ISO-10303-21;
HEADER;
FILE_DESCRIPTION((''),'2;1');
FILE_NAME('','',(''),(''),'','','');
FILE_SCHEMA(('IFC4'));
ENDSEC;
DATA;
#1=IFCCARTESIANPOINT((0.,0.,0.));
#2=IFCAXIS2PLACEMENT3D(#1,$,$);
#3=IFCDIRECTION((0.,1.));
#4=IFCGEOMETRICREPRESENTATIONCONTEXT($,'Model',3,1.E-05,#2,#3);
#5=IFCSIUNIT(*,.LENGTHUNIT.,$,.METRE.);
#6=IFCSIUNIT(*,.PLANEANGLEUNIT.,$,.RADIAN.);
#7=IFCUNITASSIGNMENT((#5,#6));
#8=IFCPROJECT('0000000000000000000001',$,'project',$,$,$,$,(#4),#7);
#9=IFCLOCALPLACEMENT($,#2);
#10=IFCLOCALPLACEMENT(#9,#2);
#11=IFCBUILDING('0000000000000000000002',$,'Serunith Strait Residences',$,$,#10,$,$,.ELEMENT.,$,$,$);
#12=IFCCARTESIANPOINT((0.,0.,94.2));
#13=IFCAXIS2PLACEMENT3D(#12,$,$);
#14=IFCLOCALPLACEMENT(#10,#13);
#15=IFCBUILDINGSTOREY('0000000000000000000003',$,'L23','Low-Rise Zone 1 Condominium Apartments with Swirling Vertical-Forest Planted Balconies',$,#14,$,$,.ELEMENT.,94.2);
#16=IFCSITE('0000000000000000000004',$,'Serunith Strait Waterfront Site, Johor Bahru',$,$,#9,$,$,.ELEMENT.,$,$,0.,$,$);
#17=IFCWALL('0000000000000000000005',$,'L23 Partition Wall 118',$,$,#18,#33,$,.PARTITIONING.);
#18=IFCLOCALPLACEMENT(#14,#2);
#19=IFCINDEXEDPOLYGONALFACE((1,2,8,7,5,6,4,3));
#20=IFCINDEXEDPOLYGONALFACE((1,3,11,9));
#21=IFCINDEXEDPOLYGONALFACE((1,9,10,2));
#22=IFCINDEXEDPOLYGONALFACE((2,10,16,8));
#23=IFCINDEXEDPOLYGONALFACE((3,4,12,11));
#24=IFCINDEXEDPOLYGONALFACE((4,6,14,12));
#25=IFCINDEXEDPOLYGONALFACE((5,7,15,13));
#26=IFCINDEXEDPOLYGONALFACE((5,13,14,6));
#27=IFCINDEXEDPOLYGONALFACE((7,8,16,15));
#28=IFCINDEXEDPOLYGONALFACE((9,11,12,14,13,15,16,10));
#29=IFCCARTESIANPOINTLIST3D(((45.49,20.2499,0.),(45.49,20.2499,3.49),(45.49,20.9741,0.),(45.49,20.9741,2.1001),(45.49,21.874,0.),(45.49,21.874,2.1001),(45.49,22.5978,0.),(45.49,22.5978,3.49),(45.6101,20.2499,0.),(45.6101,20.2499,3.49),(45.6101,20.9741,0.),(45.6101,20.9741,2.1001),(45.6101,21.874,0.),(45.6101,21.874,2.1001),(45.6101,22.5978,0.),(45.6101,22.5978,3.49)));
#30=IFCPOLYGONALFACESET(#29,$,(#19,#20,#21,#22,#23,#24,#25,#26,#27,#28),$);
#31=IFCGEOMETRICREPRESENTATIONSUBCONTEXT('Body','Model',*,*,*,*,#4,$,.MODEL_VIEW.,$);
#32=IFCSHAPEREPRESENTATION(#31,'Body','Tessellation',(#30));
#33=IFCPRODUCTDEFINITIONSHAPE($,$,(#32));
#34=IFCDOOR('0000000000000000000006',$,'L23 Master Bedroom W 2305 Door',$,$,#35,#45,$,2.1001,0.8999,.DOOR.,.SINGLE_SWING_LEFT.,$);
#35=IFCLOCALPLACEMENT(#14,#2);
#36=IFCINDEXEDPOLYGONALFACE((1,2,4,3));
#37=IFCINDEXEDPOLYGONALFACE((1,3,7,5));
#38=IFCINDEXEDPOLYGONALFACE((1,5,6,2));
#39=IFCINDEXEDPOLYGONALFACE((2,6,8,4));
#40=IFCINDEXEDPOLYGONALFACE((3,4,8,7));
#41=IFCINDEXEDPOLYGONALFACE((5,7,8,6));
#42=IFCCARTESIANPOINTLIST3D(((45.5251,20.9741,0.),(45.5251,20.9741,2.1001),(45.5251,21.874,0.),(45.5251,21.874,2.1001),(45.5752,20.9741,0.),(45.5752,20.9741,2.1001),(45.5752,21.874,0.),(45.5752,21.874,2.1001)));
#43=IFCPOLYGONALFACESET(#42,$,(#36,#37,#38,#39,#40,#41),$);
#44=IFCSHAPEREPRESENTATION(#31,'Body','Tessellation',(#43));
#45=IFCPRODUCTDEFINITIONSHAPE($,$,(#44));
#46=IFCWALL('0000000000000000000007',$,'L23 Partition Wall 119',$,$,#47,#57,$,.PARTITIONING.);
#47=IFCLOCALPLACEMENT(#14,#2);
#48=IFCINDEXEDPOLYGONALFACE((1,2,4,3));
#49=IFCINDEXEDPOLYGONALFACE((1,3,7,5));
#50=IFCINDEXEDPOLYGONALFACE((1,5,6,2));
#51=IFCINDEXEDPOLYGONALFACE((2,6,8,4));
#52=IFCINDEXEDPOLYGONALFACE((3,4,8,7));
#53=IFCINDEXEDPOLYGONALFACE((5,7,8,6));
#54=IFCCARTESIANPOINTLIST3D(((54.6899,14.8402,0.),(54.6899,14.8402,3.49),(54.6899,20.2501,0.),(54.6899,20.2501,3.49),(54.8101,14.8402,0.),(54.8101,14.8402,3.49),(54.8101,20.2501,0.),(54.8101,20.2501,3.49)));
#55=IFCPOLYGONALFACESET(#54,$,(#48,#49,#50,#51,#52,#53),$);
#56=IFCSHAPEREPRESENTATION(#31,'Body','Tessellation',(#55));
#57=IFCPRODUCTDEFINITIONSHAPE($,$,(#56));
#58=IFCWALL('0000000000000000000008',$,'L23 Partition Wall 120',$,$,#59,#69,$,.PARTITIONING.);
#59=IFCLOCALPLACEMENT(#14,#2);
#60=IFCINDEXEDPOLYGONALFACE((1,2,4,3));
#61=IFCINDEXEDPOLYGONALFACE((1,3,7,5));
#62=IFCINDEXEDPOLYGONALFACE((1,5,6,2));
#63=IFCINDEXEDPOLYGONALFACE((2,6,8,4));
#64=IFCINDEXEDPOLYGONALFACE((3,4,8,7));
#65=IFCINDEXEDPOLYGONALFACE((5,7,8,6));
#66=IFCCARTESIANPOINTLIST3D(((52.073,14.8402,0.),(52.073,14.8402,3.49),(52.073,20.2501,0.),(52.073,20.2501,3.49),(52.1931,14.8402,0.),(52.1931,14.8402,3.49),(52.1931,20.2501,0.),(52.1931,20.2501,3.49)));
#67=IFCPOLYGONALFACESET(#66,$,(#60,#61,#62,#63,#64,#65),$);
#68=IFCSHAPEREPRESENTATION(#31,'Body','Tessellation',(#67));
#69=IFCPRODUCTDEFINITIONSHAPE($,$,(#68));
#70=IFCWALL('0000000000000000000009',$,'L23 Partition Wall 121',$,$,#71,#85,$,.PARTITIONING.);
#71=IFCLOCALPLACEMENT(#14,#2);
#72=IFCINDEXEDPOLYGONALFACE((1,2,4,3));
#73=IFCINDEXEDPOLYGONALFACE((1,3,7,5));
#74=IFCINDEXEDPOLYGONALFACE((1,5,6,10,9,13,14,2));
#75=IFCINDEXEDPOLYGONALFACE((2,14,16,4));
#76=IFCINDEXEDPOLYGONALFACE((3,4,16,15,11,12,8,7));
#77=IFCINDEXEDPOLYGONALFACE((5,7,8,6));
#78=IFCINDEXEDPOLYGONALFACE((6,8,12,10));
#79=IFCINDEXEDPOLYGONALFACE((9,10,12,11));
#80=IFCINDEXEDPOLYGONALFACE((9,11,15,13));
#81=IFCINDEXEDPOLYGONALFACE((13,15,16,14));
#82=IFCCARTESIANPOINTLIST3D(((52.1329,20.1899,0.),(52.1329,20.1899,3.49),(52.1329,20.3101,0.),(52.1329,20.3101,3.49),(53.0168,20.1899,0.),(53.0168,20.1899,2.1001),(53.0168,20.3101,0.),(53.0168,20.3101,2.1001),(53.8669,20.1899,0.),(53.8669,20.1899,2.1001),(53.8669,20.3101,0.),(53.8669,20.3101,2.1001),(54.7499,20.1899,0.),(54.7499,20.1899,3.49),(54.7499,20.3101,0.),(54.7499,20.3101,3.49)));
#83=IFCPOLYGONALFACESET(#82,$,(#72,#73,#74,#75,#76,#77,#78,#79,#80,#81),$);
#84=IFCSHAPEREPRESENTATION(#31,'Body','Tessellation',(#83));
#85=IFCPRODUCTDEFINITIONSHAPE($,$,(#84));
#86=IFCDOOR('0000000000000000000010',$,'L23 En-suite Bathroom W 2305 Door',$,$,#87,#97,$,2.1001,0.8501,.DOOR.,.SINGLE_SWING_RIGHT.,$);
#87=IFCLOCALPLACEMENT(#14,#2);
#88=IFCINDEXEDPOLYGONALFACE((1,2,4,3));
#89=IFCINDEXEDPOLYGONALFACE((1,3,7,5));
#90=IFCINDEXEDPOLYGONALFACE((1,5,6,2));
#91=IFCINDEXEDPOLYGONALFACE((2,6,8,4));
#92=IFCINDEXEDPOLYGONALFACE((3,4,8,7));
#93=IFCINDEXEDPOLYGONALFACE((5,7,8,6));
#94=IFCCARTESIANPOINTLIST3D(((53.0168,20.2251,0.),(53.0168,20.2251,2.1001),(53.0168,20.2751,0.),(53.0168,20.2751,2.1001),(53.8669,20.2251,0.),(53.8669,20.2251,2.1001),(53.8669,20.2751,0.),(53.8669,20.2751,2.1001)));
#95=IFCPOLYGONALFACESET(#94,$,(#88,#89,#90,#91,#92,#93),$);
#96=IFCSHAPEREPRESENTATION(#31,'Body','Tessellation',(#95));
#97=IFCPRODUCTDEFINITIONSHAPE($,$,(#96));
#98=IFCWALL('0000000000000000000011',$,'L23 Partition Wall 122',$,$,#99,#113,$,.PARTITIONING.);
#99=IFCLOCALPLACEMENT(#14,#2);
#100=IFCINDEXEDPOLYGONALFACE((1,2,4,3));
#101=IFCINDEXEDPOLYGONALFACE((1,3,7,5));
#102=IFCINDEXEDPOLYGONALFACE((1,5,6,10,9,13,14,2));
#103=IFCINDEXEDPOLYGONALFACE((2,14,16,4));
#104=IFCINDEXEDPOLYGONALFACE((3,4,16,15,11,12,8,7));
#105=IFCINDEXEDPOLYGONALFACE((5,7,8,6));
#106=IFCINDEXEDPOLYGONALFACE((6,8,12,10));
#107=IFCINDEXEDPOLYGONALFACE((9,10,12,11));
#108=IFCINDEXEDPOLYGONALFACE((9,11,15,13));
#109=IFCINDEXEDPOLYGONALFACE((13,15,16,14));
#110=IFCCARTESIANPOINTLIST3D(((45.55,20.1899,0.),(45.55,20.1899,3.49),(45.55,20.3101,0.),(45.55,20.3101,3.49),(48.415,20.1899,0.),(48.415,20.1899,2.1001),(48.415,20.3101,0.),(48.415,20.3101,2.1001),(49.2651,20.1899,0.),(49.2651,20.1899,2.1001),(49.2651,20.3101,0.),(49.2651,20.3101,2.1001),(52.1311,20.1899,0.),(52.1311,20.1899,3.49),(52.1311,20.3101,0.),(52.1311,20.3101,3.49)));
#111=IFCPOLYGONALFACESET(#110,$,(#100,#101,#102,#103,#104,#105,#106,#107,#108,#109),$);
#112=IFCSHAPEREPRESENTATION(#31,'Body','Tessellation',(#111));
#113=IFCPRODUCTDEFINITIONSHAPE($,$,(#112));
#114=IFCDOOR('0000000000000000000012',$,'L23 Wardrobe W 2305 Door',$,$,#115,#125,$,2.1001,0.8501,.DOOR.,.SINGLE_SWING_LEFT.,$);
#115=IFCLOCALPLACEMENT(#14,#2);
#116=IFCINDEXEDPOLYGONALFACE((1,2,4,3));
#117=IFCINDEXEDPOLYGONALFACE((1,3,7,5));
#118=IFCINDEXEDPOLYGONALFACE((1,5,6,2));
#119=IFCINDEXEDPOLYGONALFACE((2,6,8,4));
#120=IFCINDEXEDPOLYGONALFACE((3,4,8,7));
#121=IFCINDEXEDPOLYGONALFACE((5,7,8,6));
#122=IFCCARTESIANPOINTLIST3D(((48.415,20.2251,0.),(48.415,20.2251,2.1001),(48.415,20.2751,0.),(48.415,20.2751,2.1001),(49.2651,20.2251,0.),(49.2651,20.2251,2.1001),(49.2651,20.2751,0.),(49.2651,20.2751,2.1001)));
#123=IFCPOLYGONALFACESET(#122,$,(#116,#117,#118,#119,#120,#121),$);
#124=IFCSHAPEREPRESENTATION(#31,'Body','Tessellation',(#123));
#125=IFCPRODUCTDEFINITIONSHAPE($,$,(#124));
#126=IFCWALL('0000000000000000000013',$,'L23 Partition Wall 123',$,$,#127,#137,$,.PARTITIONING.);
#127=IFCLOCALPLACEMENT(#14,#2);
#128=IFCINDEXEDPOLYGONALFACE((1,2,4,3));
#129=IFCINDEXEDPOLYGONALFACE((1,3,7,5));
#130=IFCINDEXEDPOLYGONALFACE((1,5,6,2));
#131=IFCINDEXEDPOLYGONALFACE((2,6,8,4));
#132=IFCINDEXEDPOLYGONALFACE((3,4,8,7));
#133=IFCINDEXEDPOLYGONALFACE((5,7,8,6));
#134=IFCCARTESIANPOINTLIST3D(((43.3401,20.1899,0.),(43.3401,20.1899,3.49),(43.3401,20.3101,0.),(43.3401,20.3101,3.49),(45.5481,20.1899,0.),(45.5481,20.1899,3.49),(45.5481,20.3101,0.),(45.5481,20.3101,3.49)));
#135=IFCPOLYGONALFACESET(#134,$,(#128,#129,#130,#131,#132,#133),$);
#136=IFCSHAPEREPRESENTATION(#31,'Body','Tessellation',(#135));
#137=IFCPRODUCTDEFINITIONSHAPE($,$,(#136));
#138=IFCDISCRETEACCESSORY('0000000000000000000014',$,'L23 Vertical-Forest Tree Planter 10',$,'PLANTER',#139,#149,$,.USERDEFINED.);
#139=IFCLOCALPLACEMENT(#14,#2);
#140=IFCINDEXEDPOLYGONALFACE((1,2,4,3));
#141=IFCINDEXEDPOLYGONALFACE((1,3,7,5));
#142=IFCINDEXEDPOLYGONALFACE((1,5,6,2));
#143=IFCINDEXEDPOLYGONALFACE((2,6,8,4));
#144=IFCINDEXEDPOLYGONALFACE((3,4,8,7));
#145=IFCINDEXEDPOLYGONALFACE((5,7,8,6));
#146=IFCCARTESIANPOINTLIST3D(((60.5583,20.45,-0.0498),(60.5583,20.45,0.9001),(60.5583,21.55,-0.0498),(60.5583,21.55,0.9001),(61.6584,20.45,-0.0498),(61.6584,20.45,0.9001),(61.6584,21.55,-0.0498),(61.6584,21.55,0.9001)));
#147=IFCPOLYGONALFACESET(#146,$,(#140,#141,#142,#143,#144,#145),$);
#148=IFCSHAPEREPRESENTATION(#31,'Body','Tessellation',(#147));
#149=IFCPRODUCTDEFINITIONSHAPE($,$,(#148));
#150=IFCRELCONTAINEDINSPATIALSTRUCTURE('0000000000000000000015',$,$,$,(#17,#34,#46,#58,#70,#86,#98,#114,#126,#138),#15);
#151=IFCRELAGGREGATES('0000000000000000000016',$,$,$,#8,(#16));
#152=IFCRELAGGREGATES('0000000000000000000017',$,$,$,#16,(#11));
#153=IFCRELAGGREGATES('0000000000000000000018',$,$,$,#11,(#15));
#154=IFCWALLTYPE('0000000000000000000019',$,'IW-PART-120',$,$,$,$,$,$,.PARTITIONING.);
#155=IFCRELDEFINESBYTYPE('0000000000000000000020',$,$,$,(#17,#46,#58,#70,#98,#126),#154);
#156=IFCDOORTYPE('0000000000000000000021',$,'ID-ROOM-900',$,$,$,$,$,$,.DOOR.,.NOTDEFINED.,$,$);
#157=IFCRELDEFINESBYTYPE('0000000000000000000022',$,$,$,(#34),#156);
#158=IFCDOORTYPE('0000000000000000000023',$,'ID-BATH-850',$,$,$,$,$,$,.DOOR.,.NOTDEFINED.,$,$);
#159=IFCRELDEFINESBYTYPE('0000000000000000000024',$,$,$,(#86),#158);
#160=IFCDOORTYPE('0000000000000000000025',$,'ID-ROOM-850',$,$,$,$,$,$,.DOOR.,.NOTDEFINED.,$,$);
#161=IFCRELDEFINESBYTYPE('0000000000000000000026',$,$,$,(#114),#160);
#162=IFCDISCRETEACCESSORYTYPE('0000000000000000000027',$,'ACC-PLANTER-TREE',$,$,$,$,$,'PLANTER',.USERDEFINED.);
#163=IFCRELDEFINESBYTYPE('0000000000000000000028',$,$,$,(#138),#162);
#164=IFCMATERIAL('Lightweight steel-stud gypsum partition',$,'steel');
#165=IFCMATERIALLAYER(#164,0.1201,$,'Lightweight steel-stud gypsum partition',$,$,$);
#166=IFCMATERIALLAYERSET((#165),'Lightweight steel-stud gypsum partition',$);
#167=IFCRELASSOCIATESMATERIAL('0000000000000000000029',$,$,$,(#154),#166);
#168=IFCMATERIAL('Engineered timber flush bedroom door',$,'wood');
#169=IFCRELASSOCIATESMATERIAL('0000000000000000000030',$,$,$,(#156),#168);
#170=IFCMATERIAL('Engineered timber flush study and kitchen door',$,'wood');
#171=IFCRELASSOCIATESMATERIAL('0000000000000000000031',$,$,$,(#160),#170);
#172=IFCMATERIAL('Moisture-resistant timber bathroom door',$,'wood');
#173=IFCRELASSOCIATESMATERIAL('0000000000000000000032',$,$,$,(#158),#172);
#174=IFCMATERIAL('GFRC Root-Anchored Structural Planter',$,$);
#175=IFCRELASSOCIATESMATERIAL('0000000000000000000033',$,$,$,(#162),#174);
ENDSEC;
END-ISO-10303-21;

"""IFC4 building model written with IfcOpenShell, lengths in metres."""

from ifc_helpers import new_model, si_unit, direction, frame, frame_2d, origin, origin_2d, place, context, subcontext, project, spatial, rectangle, extrude, source, transform, mapped, material, layer, layer_set, type_object, element, fill, save


model = new_model("IFC4")

# Units and contexts
model_context = context("Model", 3, precision=1e-05, world=origin(), true_north=direction((0.0, 1.0)))
body_context = subcontext(model_context, "Body", "Model", "MODEL_VIEW")
ifc_project = project(units=[si_unit("LENGTHUNIT", "METRE"), si_unit("PLANEANGLEUNIT", "RADIAN")], contexts=[model_context])

# Site, building, storey
site_placement = place(None, origin())
site = spatial("IfcSite", under=ifc_project, at=site_placement, Name="Serunith Strait Waterfront Site, Johor Bahru", CompositionType="ELEMENT", RefElevation=0.0)
building_placement = place(site_placement, origin())
building = spatial("IfcBuilding", under=site, at=building_placement, Name="Serunith Strait Residences", CompositionType="ELEMENT")
storey_placement = place(building_placement, frame((0.0, 0.0, 94.2)))
storey = spatial("IfcBuildingStorey", under=building, at=storey_placement, Name="L23", Description="Low-Rise Zone 1 Condominium Apartments with Swirling Vertical-Forest Planted Balconies", CompositionType="ELEMENT", Elevation=94.2)

# Shared definitions
ifc_material_1 = material(Name="Lightweight steel-stud gypsum partition", Category="steel")
ifc_layer_1 = layer(ifc_material_1, 0.1201, Name="Lightweight steel-stud gypsum partition")
ifc_layer_set_1 = layer_set([ifc_layer_1], Name="Lightweight steel-stud gypsum partition")
wall_type_1 = type_object("IfcWallType", Name="IW-PART-120", PredefinedType="PARTITIONING", material=ifc_layer_set_1)
ifc_material_2 = material(Name="Engineered timber flush bedroom door", Category="wood")
door_type_1 = type_object("IfcDoorType", Name="ID-ROOM-900", OperationType="NOTDEFINED", PredefinedType="DOOR", material=ifc_material_2)
shared_shape_1 = source(origin(), body_context, "Body", "SweptSolid", [
    extrude(rectangle(XDim=0.8999, YDim=2.1001, at=frame_2d((0.45, 1.05))), frame((0.0, 0.0249, 0.0), z_axis=(0.0, -1.0, 0.0), x_axis=(1.0, 0.0, 0.0)), (0.0, 0.0, 1.0), 0.05),
])
ifc_material_3 = material(Name="Engineered timber flush study and kitchen door", Category="wood")
door_type_2 = type_object("IfcDoorType", Name="ID-ROOM-850", OperationType="NOTDEFINED", PredefinedType="DOOR", material=ifc_material_3)
shared_shape_2 = source(origin(), body_context, "Body", "SweptSolid", [
    extrude(rectangle(XDim=0.8501, YDim=2.1001, at=frame_2d((0.425, 1.05))), frame((0.0, 0.0249, 0.0), z_axis=(0.0, -1.0, 0.0), x_axis=(1.0, 0.0, 0.0)), (0.0, 0.0, 1.0), 0.05),
])

# Wall, opening, door
ifc_material_4 = material(Name="Moisture-resistant timber bathroom door", Category="wood")
door_type_3 = type_object("IfcDoorType", Name="ID-BATH-850", OperationType="NOTDEFINED", PredefinedType="DOOR", material=ifc_material_4)
wall_1_placement = place(storey_placement, frame((45.55, 20.25, 0.0), z_axis=(0.0, 0.0, 1.0), x_axis=(0.0, 1.0, 0.0)))
wall_1 = element("IfcWall", 1, at=wall_1_placement, inside=storey, type_object=wall_type_1, Name="L23 Partition Wall 118", PredefinedType="PARTITIONING", context=body_context, shape_type="SweptSolid", body=[
    extrude(rectangle(XDim=2.3479, YDim=0.1201, at=frame_2d((1.1738, 0.0))), origin(), (0.0, 0.0, 1.0), 3.49),
])
opening_1_placement = place(wall_1_placement, frame((0.7241, 0.0, 0.0)))
opening_1 = element("IfcOpeningElement", 2, at=opening_1_placement, cuts=wall_1, PredefinedType="OPENING", context=body_context, shape_type="SweptSolid", body=[
    extrude(rectangle(XDim=0.8999, YDim=2.1001, at=frame_2d((0.45, 1.05))), frame((0.0, 0.0701, 0.0), z_axis=(0.0, -1.0, 0.0), x_axis=(1.0, 0.0, 0.0)), (0.0, 0.0, 1.0), 0.1401),
])
door_1_placement = place(opening_1_placement, origin())
door_1 = element("IfcDoor", 3, at=door_1_placement, inside=storey, type_object=door_type_1, Name="L23 Master Bedroom W 2305 Door", OperationType="SINGLE_SWING_LEFT", OverallHeight=2.1001, OverallWidth=0.8999, PredefinedType="DOOR", context=body_context, shape_type="MappedRepresentation", body=[
    mapped(shared_shape_1, transform((0.0, 0.0, 0.0), scale=1.0)),
])
fill(opening_1, door_1)

# Walls
for number, where, z_axis, x_axis, name in (
    (4, (54.75, 14.8401, 0.0), (0.0, 0.0, 1.0), (0.0, 1.0, 0.0), "L23 Partition Wall 119"),
    (5, (52.1331, 14.8401, 0.0), (0.0, 0.0, 1.0), (0.0, 1.0, 0.0), "L23 Partition Wall 120"),
):
    element("IfcWall", number, at=place(storey_placement, frame(where, z_axis=z_axis, x_axis=x_axis)), inside=storey, type_object=wall_type_1, Name=name, PredefinedType="PARTITIONING", context=body_context, shape_type="SweptSolid", body=[
        extrude(rectangle(XDim=5.4099, YDim=0.1201, at=frame_2d((2.7051, 0.0))), origin(), (0.0, 0.0, 1.0), 3.49),
    ])

# Walls, openings, doors
wall_2_placement = place(storey_placement, frame((54.75, 20.25, 0.0), z_axis=(0.0, 0.0, 1.0), x_axis=(-1.0, 0.0, 0.0)))
wall_2 = element("IfcWall", 6, at=wall_2_placement, inside=storey, type_object=wall_type_1, Name="L23 Partition Wall 121", PredefinedType="PARTITIONING", context=body_context, shape_type="SweptSolid", body=[
    extrude(rectangle(XDim=2.6169, YDim=0.1201, at=frame_2d((1.3086, 0.0))), origin(), (0.0, 0.0, 1.0), 3.49),
])
opening_2_placement = place(wall_2_placement, frame((0.8831, 0.0, 0.0)))
opening_2 = element("IfcOpeningElement", 7, at=opening_2_placement, cuts=wall_2, PredefinedType="OPENING", context=body_context, shape_type="SweptSolid", body=[
    extrude(rectangle(XDim=0.8501, YDim=2.1001, at=frame_2d((0.425, 1.05))), frame((0.0, 0.0701, 0.0), z_axis=(0.0, -1.0, 0.0), x_axis=(1.0, 0.0, 0.0)), (0.0, 0.0, 1.0), 0.1401),
])
door_2_placement = place(opening_2_placement, origin())
door_2 = element("IfcDoor", 8, at=door_2_placement, inside=storey, type_object=door_type_3, Name="L23 En-suite Bathroom W 2305 Door", OperationType="SINGLE_SWING_RIGHT", OverallHeight=2.1001, OverallWidth=0.8501, PredefinedType="DOOR", context=body_context, shape_type="MappedRepresentation", body=[
    mapped(shared_shape_2, transform((0.0, 0.0, 0.0), scale=1.0)),
])
fill(opening_2, door_2)
wall_3_placement = place(storey_placement, frame((52.1311, 20.25, 0.0), z_axis=(0.0, 0.0, 1.0), x_axis=(-1.0, 0.0, 0.0)))
wall_3 = element("IfcWall", 9, at=wall_3_placement, inside=storey, type_object=wall_type_1, Name="L23 Partition Wall 122", PredefinedType="PARTITIONING", context=body_context, shape_type="SweptSolid", body=[
    extrude(rectangle(XDim=6.5811, YDim=0.1201, at=frame_2d((3.2905, 0.0))), origin(), (0.0, 0.0, 1.0), 3.49),
])
opening_3_placement = place(wall_3_placement, frame((2.866, 0.0, 0.0)))
opening_3 = element("IfcOpeningElement", 10, at=opening_3_placement, cuts=wall_3, PredefinedType="OPENING", context=body_context, shape_type="SweptSolid", body=[
    extrude(rectangle(XDim=0.8501, YDim=2.1001, at=frame_2d((0.425, 1.05))), frame((0.0, 0.0701, 0.0), z_axis=(0.0, -1.0, 0.0), x_axis=(1.0, 0.0, 0.0)), (0.0, 0.0, 1.0), 0.1401),
])
door_3_placement = place(opening_3_placement, origin())
door_3 = element("IfcDoor", 11, at=door_3_placement, inside=storey, type_object=door_type_2, Name="L23 Wardrobe W 2305 Door", OperationType="SINGLE_SWING_LEFT", OverallHeight=2.1001, OverallWidth=0.8501, PredefinedType="DOOR", context=body_context, shape_type="MappedRepresentation", body=[
    mapped(shared_shape_2, transform((0.0, 0.0, 0.0), scale=1.0)),
])
fill(opening_3, door_3)

# Wall
wall_4_placement = place(storey_placement, frame((45.5481, 20.25, 0.0), z_axis=(0.0, 0.0, 1.0), x_axis=(-1.0, 0.0, 0.0)))
element("IfcWall", 12, at=wall_4_placement, inside=storey, type_object=wall_type_1, Name="L23 Partition Wall 123", PredefinedType="PARTITIONING", context=body_context, shape_type="SweptSolid", body=[
    extrude(rectangle(XDim=2.208, YDim=0.1201, at=frame_2d((1.104, 0.0))), origin(), (0.0, 0.0, 1.0), 3.49),
])

# Discrete accessory
ifc_material_5 = material(Name="GFRC Root-Anchored Structural Planter")
discrete_accessory_type = type_object("IfcDiscreteAccessoryType", Name="ACC-PLANTER-TREE", ElementType="PLANTER", PredefinedType="USERDEFINED", material=ifc_material_5)
shared_shape_3 = source(origin(), body_context, "Body", "SweptSolid", [
    extrude(rectangle(XDim=1.1001, YDim=1.1001, at=origin_2d()), origin(), (0.0, 0.0, 1.0), 0.95),
])
discrete_accessory_placement = place(storey_placement, frame((61.1084, 21.0, -0.0498), z_axis=(0.0, 0.0, 1.0), x_axis=(0.0, 1.0, 0.0)))
element("IfcDiscreteAccessory", 13, at=discrete_accessory_placement, inside=storey, type_object=discrete_accessory_type, Name="L23 Vertical-Forest Tree Planter 10", ObjectType="PLANTER", PredefinedType="USERDEFINED", context=body_context, shape_type="MappedRepresentation", body=[
    mapped(shared_shape_3, transform((0.0, 0.0, 0.0), scale=1.0)),
])

save(model, "model.ifc")
